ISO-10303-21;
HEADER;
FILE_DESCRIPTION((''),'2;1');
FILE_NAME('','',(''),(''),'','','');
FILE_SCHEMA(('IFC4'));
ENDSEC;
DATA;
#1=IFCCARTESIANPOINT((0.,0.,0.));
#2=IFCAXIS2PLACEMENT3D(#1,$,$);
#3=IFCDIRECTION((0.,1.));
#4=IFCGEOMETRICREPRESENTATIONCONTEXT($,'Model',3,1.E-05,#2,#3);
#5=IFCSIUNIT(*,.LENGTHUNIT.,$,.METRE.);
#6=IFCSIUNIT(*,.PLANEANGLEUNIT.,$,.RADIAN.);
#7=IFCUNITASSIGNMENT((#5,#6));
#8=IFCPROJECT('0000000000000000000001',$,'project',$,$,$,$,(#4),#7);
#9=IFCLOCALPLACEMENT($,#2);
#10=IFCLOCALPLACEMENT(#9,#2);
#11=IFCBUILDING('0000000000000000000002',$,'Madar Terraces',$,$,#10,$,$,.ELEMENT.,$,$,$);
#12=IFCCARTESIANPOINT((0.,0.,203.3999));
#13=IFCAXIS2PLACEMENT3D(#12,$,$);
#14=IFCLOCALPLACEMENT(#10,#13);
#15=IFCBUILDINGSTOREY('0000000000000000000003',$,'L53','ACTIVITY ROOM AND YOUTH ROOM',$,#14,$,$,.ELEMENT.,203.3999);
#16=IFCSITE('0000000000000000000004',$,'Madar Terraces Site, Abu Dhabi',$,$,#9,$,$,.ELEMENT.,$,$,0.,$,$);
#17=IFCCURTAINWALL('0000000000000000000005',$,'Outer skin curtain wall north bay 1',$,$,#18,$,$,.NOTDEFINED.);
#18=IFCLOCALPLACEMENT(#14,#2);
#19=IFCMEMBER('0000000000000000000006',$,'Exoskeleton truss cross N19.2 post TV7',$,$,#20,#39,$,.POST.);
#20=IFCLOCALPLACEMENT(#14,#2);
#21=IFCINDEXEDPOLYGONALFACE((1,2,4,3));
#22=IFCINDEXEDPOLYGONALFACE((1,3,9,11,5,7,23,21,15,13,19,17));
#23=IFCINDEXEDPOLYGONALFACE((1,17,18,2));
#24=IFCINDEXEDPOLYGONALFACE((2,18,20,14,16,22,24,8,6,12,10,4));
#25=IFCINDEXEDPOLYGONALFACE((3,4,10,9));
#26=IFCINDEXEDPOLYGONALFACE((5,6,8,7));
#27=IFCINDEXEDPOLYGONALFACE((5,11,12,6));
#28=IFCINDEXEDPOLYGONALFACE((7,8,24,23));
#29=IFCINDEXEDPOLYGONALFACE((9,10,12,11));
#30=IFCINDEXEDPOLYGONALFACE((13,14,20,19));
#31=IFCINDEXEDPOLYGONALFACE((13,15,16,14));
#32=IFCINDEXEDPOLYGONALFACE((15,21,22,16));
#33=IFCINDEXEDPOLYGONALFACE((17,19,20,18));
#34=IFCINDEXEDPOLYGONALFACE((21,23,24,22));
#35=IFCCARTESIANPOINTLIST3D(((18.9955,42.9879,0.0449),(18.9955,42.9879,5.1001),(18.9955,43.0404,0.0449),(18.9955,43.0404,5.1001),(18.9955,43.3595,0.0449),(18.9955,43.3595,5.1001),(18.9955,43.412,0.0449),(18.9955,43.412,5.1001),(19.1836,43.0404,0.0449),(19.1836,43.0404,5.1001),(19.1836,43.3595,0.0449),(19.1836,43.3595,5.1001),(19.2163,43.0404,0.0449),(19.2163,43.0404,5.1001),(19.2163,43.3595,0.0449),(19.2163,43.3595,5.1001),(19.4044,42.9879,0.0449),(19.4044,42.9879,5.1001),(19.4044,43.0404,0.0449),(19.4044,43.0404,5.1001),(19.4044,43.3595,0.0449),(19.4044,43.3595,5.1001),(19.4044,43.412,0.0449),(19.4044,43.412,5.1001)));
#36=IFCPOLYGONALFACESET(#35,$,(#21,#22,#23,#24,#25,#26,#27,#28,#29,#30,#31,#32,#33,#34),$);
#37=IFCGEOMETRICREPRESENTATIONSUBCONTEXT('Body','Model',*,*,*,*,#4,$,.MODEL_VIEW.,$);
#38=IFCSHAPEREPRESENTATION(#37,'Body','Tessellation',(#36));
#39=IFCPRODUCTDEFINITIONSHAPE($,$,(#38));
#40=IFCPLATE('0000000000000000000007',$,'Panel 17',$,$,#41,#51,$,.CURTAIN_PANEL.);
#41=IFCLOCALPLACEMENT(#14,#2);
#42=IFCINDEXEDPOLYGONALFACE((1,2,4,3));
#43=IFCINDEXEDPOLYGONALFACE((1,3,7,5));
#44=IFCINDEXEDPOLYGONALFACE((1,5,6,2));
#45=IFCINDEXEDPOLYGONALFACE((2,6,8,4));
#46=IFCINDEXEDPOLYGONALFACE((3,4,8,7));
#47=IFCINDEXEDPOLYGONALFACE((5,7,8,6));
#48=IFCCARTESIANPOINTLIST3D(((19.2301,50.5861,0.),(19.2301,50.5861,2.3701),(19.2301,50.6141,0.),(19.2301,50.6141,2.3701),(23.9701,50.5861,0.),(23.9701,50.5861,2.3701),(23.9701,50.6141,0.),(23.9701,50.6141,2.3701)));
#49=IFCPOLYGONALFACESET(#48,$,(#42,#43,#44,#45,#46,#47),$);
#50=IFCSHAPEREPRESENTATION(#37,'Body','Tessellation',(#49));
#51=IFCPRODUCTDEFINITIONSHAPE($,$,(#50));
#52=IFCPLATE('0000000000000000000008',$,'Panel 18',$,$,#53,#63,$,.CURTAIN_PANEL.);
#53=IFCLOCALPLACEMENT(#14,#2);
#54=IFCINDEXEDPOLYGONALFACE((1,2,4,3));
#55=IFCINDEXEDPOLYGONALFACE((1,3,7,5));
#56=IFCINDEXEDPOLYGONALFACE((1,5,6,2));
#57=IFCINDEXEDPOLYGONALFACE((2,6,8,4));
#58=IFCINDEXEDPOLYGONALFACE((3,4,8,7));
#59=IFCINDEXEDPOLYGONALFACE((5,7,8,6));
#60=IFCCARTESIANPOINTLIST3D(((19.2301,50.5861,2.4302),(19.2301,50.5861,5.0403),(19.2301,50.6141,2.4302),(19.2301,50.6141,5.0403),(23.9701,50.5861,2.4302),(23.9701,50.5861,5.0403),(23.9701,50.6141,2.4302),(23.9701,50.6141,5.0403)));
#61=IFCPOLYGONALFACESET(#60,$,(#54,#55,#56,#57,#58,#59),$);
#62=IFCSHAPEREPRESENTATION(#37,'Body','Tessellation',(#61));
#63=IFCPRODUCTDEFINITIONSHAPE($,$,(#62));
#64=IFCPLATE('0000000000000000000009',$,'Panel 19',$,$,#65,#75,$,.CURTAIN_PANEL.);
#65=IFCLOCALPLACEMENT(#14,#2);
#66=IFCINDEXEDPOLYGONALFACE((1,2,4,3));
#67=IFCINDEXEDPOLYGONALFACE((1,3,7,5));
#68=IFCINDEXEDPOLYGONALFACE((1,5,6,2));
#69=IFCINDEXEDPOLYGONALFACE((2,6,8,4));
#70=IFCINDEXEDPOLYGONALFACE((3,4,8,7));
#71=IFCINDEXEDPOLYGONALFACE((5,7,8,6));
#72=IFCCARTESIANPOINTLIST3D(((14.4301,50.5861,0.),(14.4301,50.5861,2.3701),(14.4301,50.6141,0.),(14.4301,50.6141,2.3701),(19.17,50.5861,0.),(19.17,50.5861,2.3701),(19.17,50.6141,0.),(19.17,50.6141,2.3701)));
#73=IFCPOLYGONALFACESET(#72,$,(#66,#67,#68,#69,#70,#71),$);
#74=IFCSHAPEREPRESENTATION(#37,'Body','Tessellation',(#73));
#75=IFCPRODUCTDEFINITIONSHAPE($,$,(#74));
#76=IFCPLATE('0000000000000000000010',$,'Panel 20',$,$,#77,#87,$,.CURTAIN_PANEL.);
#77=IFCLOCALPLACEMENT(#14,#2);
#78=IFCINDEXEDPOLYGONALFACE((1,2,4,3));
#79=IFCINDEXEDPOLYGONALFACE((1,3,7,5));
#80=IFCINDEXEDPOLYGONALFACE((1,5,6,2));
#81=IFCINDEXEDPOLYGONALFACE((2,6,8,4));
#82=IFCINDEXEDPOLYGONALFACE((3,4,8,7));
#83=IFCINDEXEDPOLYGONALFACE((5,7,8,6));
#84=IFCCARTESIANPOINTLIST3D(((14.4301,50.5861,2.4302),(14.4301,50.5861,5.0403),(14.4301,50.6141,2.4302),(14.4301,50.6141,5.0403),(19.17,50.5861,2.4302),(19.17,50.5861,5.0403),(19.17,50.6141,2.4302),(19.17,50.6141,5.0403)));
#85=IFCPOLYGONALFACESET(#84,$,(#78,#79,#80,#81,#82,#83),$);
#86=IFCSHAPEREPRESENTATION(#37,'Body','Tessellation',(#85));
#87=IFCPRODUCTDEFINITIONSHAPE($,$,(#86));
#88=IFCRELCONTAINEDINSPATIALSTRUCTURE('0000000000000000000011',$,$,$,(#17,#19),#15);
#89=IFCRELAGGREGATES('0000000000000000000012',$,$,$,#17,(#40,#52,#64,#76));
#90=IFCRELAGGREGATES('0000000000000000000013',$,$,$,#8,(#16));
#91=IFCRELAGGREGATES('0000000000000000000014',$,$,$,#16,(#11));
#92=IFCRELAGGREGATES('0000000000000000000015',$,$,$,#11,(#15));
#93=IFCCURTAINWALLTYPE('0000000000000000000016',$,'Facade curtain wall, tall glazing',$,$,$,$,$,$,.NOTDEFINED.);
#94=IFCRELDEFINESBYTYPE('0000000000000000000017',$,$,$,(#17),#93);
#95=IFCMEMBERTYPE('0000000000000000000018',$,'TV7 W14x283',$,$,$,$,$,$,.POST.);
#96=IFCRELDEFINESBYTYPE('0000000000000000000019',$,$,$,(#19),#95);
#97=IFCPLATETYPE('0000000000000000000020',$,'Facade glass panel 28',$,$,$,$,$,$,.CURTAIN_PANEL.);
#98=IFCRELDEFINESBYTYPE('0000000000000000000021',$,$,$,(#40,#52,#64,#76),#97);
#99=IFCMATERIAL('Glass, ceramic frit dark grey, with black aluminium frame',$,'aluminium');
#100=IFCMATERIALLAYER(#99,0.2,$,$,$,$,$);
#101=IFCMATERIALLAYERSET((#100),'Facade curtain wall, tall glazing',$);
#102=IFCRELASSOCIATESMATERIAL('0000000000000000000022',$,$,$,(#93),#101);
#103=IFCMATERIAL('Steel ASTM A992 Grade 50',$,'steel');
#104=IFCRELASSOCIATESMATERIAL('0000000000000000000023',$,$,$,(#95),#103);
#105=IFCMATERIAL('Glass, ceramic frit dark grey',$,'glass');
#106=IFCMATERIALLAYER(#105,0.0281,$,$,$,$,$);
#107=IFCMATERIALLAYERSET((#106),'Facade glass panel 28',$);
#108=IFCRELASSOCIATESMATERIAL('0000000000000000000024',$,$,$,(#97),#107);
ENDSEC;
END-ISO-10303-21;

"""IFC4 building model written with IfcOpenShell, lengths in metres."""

from ifc_helpers import new_model, si_unit, direction, frame, origin, origin_2d, place, context, subcontext, project, spatial, rectangle, i_section, extrude, material, layer, layer_set, material_profile, profile_set, type_object, element, aggregate, save


model = new_model("IFC4")

# Units and contexts
model_context = context("Model", 3, precision=1e-05, world=origin(), true_north=direction((0.0, 1.0)))
body_context = subcontext(model_context, "Body", "Model", "MODEL_VIEW")
ifc_project = project(units=[si_unit("LENGTHUNIT", "METRE"), si_unit("PLANEANGLEUNIT", "RADIAN")], contexts=[model_context])

# Site, building, storey
site_placement = place(None, origin())
site = spatial("IfcSite", under=ifc_project, at=site_placement, Name="Madar Terraces Site, Abu Dhabi", CompositionType="ELEMENT", RefElevation=0.0)
building_placement = place(site_placement, origin())
building = spatial("IfcBuilding", under=site, at=building_placement, Name="Madar Terraces", CompositionType="ELEMENT")
storey_placement = place(building_placement, frame((0.0, 0.0, 203.3999)))
storey = spatial("IfcBuildingStorey", under=building, at=storey_placement, Name="L53", Description="ACTIVITY ROOM AND YOUTH ROOM", CompositionType="ELEMENT", Elevation=203.3999)

# Curtain wall
ifc_material_1 = material(Name="Glass, ceramic frit dark grey, with black aluminium frame", Category="aluminium")
ifc_layer_1 = layer(ifc_material_1, 0.2)
ifc_layer_set_1 = layer_set([ifc_layer_1], Name="Facade curtain wall, tall glazing")
curtain_wall_type = type_object("IfcCurtainWallType", Name="Facade curtain wall, tall glazing", PredefinedType="NOTDEFINED", material=ifc_layer_set_1)
curtain_wall_placement = place(storey_placement, origin())
curtain_wall = element("IfcCurtainWall", 1, at=curtain_wall_placement, inside=storey, type_object=curtain_wall_type, Name="Outer skin curtain wall north bay 1", PredefinedType="NOTDEFINED")

# Member
ifc_material_2 = material(Name="Steel ASTM A992 Grade 50", Category="steel")
ifc_material_profile_1 = material_profile(ifc_material_2, i_section(OverallWidth=0.4089, OverallDepth=0.4241, WebThickness=0.0327, FlangeThickness=0.0525, at=origin_2d()), Name="W14x283")
ifc_profile_set_1 = profile_set([ifc_material_profile_1], Name="Steel ASTM A992 Grade 50")
member_type_1 = type_object("IfcMemberType", Name="TV7 W14x283", PredefinedType="POST", material=ifc_profile_set_1)
member_1_placement = place(storey_placement, frame((19.2, 43.2, 0.0449), z_axis=(0.0, 0.0, 1.0), x_axis=(-1.0, 0.0, 0.0)))
element("IfcMember", 2, at=member_1_placement, inside=storey, type_object=member_type_1, Name="Exoskeleton truss cross N19.2 post TV7", PredefinedType="POST", context=body_context, shape_type="SweptSolid", body=[
    extrude(i_section(OverallWidth=0.4089, OverallDepth=0.4241, WebThickness=0.0327, FlangeThickness=0.0525, at=origin_2d()), origin(), (0.0, 0.0, 1.0), 5.0552),
])

# Plates
ifc_material_3 = material(Name="Glass, ceramic frit dark grey", Category="glass")
ifc_layer_2 = layer(ifc_material_3, 0.0281)
ifc_layer_set_2 = layer_set([ifc_layer_2], Name="Facade glass panel 28")
plate_type = type_object("IfcPlateType", Name="Facade glass panel 28", PredefinedType="CURTAIN_PANEL", material=ifc_layer_set_2)
plate_1_placement = place(storey_placement, frame((21.6001, 50.6001, 0.0), z_axis=(0.0, 0.0, 1.0), x_axis=(-1.0, 0.0, 0.0)))
plate_1 = element("IfcPlate", 3, at=plate_1_placement, type_object=plate_type, Name="Panel 17", PredefinedType="CURTAIN_PANEL", context=body_context, shape_type="SweptSolid", body=[
    extrude(rectangle(XDim=4.74, YDim=0.0281, at=origin_2d()), origin(), (0.0, 0.0, 1.0), 2.3701),
])
plate_2_placement = place(storey_placement, frame((21.6001, 50.6001, 2.4302), z_axis=(0.0, 0.0, 1.0), x_axis=(-1.0, 0.0, 0.0)))
plate_2 = element("IfcPlate", 4, at=plate_2_placement, type_object=plate_type, Name="Panel 18", PredefinedType="CURTAIN_PANEL", context=body_context, shape_type="SweptSolid", body=[
    extrude(rectangle(XDim=4.74, YDim=0.0281, at=origin_2d()), origin(), (0.0, 0.0, 1.0), 2.6101),
])
plate_3_placement = place(storey_placement, frame((16.8, 50.6001, 0.0), z_axis=(0.0, 0.0, 1.0), x_axis=(-1.0, 0.0, 0.0)))
plate_3 = element("IfcPlate", 5, at=plate_3_placement, type_object=plate_type, Name="Panel 19", PredefinedType="CURTAIN_PANEL", context=body_context, shape_type="SweptSolid", body=[
    extrude(rectangle(XDim=4.74, YDim=0.0281, at=origin_2d()), origin(), (0.0, 0.0, 1.0), 2.3701),
])
plate_4_placement = place(storey_placement, frame((16.8, 50.6001, 2.4302), z_axis=(0.0, 0.0, 1.0), x_axis=(-1.0, 0.0, 0.0)))
plate_4 = element("IfcPlate", 6, at=plate_4_placement, type_object=plate_type, Name="Panel 20", PredefinedType="CURTAIN_PANEL", context=body_context, shape_type="SweptSolid", body=[
    extrude(rectangle(XDim=4.74, YDim=0.0281, at=origin_2d()), origin(), (0.0, 0.0, 1.0), 2.6101),
])
aggregate(curtain_wall, [plate_1, plate_2, plate_3, plate_4])

save(model, "model.ifc")
